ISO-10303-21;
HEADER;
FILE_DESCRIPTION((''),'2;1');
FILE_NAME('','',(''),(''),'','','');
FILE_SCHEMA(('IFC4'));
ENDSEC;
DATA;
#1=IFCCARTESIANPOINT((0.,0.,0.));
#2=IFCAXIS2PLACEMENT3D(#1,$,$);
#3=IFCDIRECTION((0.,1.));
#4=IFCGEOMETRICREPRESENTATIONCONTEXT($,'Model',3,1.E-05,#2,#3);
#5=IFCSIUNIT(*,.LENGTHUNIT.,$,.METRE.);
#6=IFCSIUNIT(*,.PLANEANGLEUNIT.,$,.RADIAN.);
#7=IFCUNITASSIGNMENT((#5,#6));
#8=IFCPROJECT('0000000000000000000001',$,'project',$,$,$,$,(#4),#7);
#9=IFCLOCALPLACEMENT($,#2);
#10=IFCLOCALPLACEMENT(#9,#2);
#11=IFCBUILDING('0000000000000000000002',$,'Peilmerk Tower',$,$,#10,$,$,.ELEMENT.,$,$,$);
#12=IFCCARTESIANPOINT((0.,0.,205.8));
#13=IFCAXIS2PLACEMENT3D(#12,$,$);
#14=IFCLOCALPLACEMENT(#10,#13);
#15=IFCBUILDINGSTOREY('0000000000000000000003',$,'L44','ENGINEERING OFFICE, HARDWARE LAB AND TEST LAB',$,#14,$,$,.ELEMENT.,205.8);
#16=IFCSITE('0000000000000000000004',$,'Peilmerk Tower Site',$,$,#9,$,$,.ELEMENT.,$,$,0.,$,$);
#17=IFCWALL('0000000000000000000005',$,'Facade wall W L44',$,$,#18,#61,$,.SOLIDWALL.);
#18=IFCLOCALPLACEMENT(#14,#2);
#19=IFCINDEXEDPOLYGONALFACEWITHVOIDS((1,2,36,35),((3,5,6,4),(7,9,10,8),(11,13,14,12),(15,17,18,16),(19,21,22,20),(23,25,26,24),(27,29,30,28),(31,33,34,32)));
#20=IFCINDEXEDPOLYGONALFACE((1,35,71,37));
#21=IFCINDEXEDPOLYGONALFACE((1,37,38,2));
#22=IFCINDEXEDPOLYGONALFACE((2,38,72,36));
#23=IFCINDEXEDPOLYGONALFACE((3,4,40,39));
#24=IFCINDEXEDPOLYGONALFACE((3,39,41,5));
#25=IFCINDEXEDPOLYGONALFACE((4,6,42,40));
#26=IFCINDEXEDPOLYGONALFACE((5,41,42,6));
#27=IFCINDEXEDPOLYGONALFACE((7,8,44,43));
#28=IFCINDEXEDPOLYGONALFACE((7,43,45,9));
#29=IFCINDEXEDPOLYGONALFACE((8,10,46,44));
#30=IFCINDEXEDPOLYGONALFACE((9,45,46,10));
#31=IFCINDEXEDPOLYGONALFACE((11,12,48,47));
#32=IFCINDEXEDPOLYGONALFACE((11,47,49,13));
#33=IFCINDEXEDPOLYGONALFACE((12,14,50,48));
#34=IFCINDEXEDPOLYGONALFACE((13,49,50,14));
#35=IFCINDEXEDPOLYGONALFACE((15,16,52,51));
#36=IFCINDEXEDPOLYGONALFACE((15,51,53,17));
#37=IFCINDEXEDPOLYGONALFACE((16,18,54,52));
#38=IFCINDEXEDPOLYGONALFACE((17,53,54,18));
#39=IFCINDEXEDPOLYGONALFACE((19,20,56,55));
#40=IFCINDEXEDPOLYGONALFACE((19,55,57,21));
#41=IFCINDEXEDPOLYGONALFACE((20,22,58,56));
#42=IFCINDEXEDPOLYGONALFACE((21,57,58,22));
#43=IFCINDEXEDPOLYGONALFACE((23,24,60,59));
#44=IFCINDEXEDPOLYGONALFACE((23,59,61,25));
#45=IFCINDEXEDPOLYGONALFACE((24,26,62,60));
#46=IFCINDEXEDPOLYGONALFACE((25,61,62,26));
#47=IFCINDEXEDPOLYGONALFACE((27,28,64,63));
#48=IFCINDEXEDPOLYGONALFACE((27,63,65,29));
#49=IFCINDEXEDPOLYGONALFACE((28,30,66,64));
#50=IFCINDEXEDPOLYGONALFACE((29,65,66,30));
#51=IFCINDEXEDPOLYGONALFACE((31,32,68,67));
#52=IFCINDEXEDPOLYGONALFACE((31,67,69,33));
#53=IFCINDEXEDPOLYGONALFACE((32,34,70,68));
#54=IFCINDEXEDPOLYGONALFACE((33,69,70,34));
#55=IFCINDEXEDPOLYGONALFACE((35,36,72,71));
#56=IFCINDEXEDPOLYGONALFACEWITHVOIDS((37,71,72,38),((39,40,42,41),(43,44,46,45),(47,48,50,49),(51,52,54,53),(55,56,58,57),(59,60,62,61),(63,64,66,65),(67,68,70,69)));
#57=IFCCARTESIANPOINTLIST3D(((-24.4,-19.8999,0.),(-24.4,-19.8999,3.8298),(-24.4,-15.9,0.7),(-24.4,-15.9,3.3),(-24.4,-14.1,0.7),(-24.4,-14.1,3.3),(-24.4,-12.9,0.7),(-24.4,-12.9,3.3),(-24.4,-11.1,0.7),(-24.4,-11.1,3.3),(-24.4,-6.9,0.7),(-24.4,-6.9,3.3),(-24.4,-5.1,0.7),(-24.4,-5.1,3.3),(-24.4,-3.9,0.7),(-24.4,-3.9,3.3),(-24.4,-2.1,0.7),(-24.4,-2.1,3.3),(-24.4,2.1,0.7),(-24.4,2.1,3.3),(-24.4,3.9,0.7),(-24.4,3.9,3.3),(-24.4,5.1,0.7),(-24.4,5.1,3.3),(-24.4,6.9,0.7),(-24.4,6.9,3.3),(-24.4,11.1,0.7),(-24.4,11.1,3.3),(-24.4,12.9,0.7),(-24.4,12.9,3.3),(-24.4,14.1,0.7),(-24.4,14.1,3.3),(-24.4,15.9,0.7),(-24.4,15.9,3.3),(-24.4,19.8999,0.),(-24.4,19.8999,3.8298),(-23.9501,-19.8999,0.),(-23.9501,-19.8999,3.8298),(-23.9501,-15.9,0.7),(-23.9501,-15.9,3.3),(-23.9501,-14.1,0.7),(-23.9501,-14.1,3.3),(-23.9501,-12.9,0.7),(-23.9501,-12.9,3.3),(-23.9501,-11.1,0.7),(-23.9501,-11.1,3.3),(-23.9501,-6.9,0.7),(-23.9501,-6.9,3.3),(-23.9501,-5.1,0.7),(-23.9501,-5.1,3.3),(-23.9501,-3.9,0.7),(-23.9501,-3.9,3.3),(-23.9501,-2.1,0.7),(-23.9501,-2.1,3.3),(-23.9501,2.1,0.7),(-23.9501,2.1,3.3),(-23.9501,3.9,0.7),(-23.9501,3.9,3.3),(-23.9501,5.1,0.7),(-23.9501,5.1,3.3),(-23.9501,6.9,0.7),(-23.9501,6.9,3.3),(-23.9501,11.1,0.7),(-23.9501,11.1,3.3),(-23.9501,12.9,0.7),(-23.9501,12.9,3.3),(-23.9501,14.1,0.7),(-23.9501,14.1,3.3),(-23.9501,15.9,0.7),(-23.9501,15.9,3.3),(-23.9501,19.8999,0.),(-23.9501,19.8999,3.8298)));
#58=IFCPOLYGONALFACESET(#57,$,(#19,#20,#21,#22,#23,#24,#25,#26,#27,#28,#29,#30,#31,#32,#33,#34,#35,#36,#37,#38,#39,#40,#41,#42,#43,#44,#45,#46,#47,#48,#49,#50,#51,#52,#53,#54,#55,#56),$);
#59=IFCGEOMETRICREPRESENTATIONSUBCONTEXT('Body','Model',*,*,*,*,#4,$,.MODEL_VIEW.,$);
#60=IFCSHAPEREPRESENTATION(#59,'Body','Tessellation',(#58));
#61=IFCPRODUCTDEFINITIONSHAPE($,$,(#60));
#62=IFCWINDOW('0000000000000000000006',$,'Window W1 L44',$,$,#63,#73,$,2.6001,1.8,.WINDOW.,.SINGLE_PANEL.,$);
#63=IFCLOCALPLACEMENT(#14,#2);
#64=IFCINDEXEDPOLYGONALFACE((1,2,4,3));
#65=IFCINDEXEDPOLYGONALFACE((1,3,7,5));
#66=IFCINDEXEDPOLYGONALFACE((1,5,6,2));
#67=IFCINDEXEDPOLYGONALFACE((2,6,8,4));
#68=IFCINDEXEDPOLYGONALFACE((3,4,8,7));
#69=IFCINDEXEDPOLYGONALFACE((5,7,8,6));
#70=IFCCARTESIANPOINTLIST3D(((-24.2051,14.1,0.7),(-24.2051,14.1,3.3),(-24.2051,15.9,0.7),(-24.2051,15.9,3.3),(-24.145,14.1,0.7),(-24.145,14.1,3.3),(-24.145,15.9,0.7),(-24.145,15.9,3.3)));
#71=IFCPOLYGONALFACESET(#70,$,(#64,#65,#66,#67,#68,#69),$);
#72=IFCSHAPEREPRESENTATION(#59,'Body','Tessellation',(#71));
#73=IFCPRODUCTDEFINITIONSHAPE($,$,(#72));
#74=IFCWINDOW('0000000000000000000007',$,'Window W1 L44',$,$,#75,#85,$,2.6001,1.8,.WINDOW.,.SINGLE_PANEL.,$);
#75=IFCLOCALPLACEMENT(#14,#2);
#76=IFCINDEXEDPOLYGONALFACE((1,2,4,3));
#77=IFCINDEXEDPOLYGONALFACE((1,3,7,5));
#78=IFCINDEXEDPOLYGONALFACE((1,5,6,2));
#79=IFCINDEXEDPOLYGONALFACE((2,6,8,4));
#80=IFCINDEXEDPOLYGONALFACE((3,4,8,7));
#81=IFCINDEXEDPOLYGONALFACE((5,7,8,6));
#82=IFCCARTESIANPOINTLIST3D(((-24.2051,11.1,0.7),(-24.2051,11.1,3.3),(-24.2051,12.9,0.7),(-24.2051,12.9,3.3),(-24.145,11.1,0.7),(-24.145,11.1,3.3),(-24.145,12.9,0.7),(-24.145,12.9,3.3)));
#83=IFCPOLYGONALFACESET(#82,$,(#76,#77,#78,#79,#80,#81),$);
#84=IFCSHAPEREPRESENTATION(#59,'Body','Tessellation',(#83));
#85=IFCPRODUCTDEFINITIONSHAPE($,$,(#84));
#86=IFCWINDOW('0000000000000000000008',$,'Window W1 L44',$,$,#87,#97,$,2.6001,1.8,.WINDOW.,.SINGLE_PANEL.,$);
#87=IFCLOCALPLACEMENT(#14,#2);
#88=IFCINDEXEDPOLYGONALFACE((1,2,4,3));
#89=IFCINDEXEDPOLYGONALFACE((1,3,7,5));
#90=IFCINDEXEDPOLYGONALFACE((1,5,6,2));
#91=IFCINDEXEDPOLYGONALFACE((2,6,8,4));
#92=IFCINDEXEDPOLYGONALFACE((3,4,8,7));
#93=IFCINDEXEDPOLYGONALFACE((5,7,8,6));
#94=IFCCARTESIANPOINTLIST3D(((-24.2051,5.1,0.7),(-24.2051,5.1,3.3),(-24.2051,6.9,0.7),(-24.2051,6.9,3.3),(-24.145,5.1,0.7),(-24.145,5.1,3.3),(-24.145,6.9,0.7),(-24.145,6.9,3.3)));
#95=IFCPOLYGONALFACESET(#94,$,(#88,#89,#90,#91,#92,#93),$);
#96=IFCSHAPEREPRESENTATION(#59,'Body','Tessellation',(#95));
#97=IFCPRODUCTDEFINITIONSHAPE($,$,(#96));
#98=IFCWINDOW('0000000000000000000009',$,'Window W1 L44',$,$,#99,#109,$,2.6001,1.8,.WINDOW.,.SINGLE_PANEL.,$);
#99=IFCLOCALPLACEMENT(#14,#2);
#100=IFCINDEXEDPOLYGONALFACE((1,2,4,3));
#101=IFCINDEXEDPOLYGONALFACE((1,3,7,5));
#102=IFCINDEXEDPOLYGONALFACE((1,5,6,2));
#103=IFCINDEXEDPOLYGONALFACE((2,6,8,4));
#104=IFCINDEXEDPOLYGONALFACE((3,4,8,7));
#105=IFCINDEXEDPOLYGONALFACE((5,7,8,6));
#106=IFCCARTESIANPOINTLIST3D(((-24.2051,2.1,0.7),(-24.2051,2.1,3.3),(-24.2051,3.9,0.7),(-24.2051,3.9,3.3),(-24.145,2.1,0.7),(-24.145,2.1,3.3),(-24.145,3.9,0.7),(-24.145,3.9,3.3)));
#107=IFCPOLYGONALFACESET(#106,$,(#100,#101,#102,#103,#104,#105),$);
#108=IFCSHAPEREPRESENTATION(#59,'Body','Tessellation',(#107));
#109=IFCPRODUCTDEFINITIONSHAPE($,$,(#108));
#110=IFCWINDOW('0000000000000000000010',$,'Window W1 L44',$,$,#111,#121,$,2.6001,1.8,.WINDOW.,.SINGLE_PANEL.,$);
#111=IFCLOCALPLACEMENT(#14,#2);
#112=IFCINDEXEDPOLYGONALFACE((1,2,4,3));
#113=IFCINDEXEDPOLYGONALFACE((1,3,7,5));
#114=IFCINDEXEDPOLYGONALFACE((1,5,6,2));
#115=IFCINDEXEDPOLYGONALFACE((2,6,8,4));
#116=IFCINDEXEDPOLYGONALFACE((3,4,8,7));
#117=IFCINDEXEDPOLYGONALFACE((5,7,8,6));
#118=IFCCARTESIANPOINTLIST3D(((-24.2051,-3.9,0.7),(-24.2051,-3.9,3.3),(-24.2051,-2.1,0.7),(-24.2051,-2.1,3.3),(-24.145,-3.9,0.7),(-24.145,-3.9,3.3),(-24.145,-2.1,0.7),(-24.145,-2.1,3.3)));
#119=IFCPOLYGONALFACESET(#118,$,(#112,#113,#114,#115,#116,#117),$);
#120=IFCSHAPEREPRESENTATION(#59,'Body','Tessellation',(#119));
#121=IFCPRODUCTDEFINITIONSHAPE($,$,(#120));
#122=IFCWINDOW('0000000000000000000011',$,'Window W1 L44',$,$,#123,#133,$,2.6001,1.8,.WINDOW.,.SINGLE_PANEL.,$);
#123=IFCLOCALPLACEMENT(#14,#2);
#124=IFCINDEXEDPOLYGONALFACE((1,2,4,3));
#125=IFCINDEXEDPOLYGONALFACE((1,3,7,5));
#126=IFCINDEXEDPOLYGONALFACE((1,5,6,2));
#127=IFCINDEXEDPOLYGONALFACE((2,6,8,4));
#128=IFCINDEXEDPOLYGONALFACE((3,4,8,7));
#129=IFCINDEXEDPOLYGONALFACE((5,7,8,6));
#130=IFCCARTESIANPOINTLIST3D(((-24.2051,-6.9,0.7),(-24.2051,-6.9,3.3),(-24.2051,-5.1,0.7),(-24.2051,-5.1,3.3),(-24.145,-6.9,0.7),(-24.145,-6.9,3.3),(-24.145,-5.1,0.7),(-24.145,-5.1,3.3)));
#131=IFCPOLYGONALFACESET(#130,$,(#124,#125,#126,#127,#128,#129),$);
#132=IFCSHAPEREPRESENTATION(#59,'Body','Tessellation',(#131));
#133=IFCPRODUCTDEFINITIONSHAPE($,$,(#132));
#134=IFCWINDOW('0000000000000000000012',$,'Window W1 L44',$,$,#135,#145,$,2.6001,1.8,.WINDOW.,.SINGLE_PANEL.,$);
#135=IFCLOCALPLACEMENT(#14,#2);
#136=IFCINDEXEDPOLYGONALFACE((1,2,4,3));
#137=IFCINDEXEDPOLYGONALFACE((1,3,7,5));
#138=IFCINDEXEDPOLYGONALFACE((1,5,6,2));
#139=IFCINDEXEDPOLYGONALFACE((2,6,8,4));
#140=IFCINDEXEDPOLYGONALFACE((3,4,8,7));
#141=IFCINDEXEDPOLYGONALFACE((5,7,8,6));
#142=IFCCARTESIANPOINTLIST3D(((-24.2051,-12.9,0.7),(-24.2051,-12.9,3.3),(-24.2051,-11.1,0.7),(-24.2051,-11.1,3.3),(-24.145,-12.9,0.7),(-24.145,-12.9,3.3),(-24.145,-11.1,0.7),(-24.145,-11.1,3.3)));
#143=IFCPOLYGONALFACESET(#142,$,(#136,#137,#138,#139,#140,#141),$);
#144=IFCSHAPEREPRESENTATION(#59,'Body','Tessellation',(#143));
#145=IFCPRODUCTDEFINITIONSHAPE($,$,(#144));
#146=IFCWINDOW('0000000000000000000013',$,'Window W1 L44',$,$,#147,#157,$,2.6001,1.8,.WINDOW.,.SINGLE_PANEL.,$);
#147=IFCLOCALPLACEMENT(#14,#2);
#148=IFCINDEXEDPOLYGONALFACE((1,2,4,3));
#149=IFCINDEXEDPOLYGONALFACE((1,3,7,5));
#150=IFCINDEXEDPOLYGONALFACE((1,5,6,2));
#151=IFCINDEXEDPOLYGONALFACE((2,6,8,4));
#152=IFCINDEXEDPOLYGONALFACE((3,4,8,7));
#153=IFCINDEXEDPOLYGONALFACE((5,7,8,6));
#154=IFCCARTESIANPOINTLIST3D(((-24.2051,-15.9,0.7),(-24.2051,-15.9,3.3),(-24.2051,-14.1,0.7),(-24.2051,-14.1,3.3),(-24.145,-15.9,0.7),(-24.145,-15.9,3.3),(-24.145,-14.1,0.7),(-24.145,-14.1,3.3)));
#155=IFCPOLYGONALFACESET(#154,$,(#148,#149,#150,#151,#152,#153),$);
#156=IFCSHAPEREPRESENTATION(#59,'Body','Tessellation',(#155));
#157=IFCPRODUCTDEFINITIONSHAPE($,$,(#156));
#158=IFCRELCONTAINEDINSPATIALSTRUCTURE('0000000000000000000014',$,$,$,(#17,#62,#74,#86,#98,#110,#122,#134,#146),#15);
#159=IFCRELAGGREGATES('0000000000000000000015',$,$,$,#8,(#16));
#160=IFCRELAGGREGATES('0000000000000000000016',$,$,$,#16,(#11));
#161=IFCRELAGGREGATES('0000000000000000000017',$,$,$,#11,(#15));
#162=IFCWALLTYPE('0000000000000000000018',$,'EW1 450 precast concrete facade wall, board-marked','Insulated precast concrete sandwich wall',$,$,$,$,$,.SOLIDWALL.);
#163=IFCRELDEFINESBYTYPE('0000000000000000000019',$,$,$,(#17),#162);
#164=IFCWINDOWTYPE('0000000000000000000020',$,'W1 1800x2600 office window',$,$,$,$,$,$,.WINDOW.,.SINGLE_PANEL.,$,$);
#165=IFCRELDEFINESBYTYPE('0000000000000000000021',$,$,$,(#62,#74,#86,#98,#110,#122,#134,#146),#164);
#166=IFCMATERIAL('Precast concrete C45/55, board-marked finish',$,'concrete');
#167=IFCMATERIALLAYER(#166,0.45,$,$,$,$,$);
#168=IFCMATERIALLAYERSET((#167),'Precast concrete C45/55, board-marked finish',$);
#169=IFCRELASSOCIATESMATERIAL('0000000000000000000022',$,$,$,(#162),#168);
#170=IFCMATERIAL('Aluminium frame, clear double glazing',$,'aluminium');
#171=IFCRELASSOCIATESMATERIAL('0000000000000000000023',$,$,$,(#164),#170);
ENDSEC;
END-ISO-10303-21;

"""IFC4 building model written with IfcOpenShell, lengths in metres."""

from ifc_helpers import new_model, si_unit, direction, frame, frame_2d, origin, place, context, subcontext, project, spatial, rectangle, extrude, material, layer, layer_set, type_object, element, fill, save


model = new_model("IFC4")

# Units and contexts
model_context = context("Model", 3, precision=1e-05, world=origin(), true_north=direction((0.0, 1.0)))
body_context = subcontext(model_context, "Body", "Model", "MODEL_VIEW")
ifc_project = project(units=[si_unit("LENGTHUNIT", "METRE"), si_unit("PLANEANGLEUNIT", "RADIAN")], contexts=[model_context])

# Site, building, storey
site_placement = place(None, origin())
site = spatial("IfcSite", under=ifc_project, at=site_placement, Name="Peilmerk Tower Site", CompositionType="ELEMENT", RefElevation=0.0)
building_placement = place(site_placement, origin())
building = spatial("IfcBuilding", under=site, at=building_placement, Name="Peilmerk Tower", CompositionType="ELEMENT")
storey_placement = place(building_placement, frame((0.0, 0.0, 205.8)))
storey = spatial("IfcBuildingStorey", under=building, at=storey_placement, Name="L44", Description="ENGINEERING OFFICE, HARDWARE LAB AND TEST LAB", CompositionType="ELEMENT", Elevation=205.8)

# Wall, openings, windows
ifc_material_1 = material(Name="Precast concrete C45/55, board-marked finish", Category="concrete")
ifc_layer_1 = layer(ifc_material_1, 0.45)
ifc_layer_set_1 = layer_set([ifc_layer_1], Name="Precast concrete C45/55, board-marked finish")
wall_type = type_object("IfcWallType", Name="EW1 450 precast concrete facade wall, board-marked", Description="Insulated precast concrete sandwich wall", PredefinedType="SOLIDWALL", material=ifc_layer_set_1)
wall_1_placement = place(storey_placement, frame((-24.175, 19.8999, 0.0), z_axis=(0.0, 0.0, 1.0), x_axis=(0.0, -1.0, 0.0)))
wall_1 = element("IfcWall", 1, at=wall_1_placement, inside=storey, type_object=wall_type, Name="Facade wall W L44", PredefinedType="SOLIDWALL", context=body_context, shape_type="SweptSolid", body=[
    extrude(rectangle(XDim=39.7998, YDim=0.45, at=frame_2d((19.8999, 0.0))), origin(), (0.0, 0.0, 1.0), 3.8298),
])
opening_1_placement = place(wall_1_placement, frame((4.0, 0.0, 0.7)))
opening_1 = element("IfcOpeningElement", 2, at=opening_1_placement, cuts=wall_1, PredefinedType="OPENING", context=body_context, shape_type="SweptSolid", body=[
    extrude(rectangle(XDim=1.8, YDim=2.6001, at=frame_2d((0.8999, 1.3))), frame((0.0, 0.2349, 0.0), z_axis=(0.0, -1.0, 0.0), x_axis=(1.0, 0.0, 0.0)), (0.0, 0.0, 1.0), 0.47),
])
opening_2_placement = place(wall_1_placement, frame((7.0, 0.0, 0.7)))
opening_2 = element("IfcOpeningElement", 3, at=opening_2_placement, cuts=wall_1, PredefinedType="OPENING", context=body_context, shape_type="SweptSolid", body=[
    extrude(rectangle(XDim=1.8, YDim=2.6001, at=frame_2d((0.8999, 1.3))), frame((0.0, 0.2349, 0.0), z_axis=(0.0, -1.0, 0.0), x_axis=(1.0, 0.0, 0.0)), (0.0, 0.0, 1.0), 0.47),
])
opening_3_placement = place(wall_1_placement, frame((13.0, 0.0, 0.7)))
opening_3 = element("IfcOpeningElement", 4, at=opening_3_placement, cuts=wall_1, PredefinedType="OPENING", context=body_context, shape_type="SweptSolid", body=[
    extrude(rectangle(XDim=1.8, YDim=2.6001, at=frame_2d((0.8999, 1.3))), frame((0.0, 0.2349, 0.0), z_axis=(0.0, -1.0, 0.0), x_axis=(1.0, 0.0, 0.0)), (0.0, 0.0, 1.0), 0.47),
])
opening_4_placement = place(wall_1_placement, frame((16.0, 0.0, 0.7)))
opening_4 = element("IfcOpeningElement", 5, at=opening_4_placement, cuts=wall_1, PredefinedType="OPENING", context=body_context, shape_type="SweptSolid", body=[
    extrude(rectangle(XDim=1.8, YDim=2.6001, at=frame_2d((0.8999, 1.3))), frame((0.0, 0.2349, 0.0), z_axis=(0.0, -1.0, 0.0), x_axis=(1.0, 0.0, 0.0)), (0.0, 0.0, 1.0), 0.47),
])
opening_5_placement = place(wall_1_placement, frame((22.0, 0.0, 0.7)))
opening_5 = element("IfcOpeningElement", 6, at=opening_5_placement, cuts=wall_1, PredefinedType="OPENING", context=body_context, shape_type="SweptSolid", body=[
    extrude(rectangle(XDim=1.8, YDim=2.6001, at=frame_2d((0.8999, 1.3))), frame((0.0, 0.2349, 0.0), z_axis=(0.0, -1.0, 0.0), x_axis=(1.0, 0.0, 0.0)), (0.0, 0.0, 1.0), 0.47),
])
opening_6_placement = place(wall_1_placement, frame((25.0, 0.0, 0.7)))
opening_6 = element("IfcOpeningElement", 7, at=opening_6_placement, cuts=wall_1, PredefinedType="OPENING", context=body_context, shape_type="SweptSolid", body=[
    extrude(rectangle(XDim=1.8, YDim=2.6001, at=frame_2d((0.8999, 1.3))), frame((0.0, 0.2349, 0.0), z_axis=(0.0, -1.0, 0.0), x_axis=(1.0, 0.0, 0.0)), (0.0, 0.0, 1.0), 0.47),
])
opening_7_placement = place(wall_1_placement, frame((31.0, 0.0, 0.7)))
opening_7 = element("IfcOpeningElement", 8, at=opening_7_placement, cuts=wall_1, PredefinedType="OPENING", context=body_context, shape_type="SweptSolid", body=[
    extrude(rectangle(XDim=1.8, YDim=2.6001, at=frame_2d((0.8999, 1.3))), frame((0.0, 0.2349, 0.0), z_axis=(0.0, -1.0, 0.0), x_axis=(1.0, 0.0, 0.0)), (0.0, 0.0, 1.0), 0.47),
])
opening_8_placement = place(wall_1_placement, frame((34.0, 0.0, 0.7)))
opening_8 = element("IfcOpeningElement", 9, at=opening_8_placement, cuts=wall_1, PredefinedType="OPENING", context=body_context, shape_type="SweptSolid", body=[
    extrude(rectangle(XDim=1.8, YDim=2.6001, at=frame_2d((0.8999, 1.3))), frame((0.0, 0.2349, 0.0), z_axis=(0.0, -1.0, 0.0), x_axis=(1.0, 0.0, 0.0)), (0.0, 0.0, 1.0), 0.47),
])
ifc_material_2 = material(Name="Aluminium frame, clear double glazing", Category="aluminium")
window_type = type_object("IfcWindowType", Name="W1 1800x2600 office window", PartitioningType="SINGLE_PANEL", PredefinedType="WINDOW", material=ifc_material_2)
window_1_placement = place(opening_1_placement, origin())
window_1 = element("IfcWindow", 10, at=window_1_placement, inside=storey, type_object=window_type, Name="Window W1 L44", OverallHeight=2.6001, OverallWidth=1.8, PartitioningType="SINGLE_PANEL", PredefinedType="WINDOW", context=body_context, shape_type="SweptSolid", body=[
    extrude(rectangle(XDim=1.8, YDim=2.6001, at=frame_2d((0.8999, 1.3))), frame((0.0, 0.03, 0.0), z_axis=(0.0, -1.0, 0.0), x_axis=(1.0, 0.0, 0.0)), (0.0, 0.0, 1.0), 0.0601),
])
fill(opening_1, window_1)
window_2_placement = place(opening_2_placement, origin())
window_2 = element("IfcWindow", 11, at=window_2_placement, inside=storey, type_object=window_type, Name="Window W1 L44", OverallHeight=2.6001, OverallWidth=1.8, PartitioningType="SINGLE_PANEL", PredefinedType="WINDOW", context=body_context, shape_type="SweptSolid", body=[
    extrude(rectangle(XDim=1.8, YDim=2.6001, at=frame_2d((0.8999, 1.3))), frame((0.0, 0.03, 0.0), z_axis=(0.0, -1.0, 0.0), x_axis=(1.0, 0.0, 0.0)), (0.0, 0.0, 1.0), 0.0601),
])
fill(opening_2, window_2)
window_3_placement = place(opening_3_placement, origin())
window_3 = element("IfcWindow", 12, at=window_3_placement, inside=storey, type_object=window_type, Name="Window W1 L44", OverallHeight=2.6001, OverallWidth=1.8, PartitioningType="SINGLE_PANEL", PredefinedType="WINDOW", context=body_context, shape_type="SweptSolid", body=[
    extrude(rectangle(XDim=1.8, YDim=2.6001, at=frame_2d((0.8999, 1.3))), frame((0.0, 0.03, 0.0), z_axis=(0.0, -1.0, 0.0), x_axis=(1.0, 0.0, 0.0)), (0.0, 0.0, 1.0), 0.0601),
])
fill(opening_3, window_3)
window_4_placement = place(opening_4_placement, origin())
window_4 = element("IfcWindow", 13, at=window_4_placement, inside=storey, type_object=window_type, Name="Window W1 L44", OverallHeight=2.6001, OverallWidth=1.8, PartitioningType="SINGLE_PANEL", PredefinedType="WINDOW", context=body_context, shape_type="SweptSolid", body=[
    extrude(rectangle(XDim=1.8, YDim=2.6001, at=frame_2d((0.8999, 1.3))), frame((0.0, 0.03, 0.0), z_axis=(0.0, -1.0, 0.0), x_axis=(1.0, 0.0, 0.0)), (0.0, 0.0, 1.0), 0.0601),
])
fill(opening_4, window_4)
window_5_placement = place(opening_5_placement, origin())
window_5 = element("IfcWindow", 14, at=window_5_placement, inside=storey, type_object=window_type, Name="Window W1 L44", OverallHeight=2.6001, OverallWidth=1.8, PartitioningType="SINGLE_PANEL", PredefinedType="WINDOW", context=body_context, shape_type="SweptSolid", body=[
    extrude(rectangle(XDim=1.8, YDim=2.6001, at=frame_2d((0.8999, 1.3))), frame((0.0, 0.03, 0.0), z_axis=(0.0, -1.0, 0.0), x_axis=(1.0, 0.0, 0.0)), (0.0, 0.0, 1.0), 0.0601),
])
fill(opening_5, window_5)
window_6_placement = place(opening_6_placement, origin())
window_6 = element("IfcWindow", 15, at=window_6_placement, inside=storey, type_object=window_type, Name="Window W1 L44", OverallHeight=2.6001, OverallWidth=1.8, PartitioningType="SINGLE_PANEL", PredefinedType="WINDOW", context=body_context, shape_type="SweptSolid", body=[
    extrude(rectangle(XDim=1.8, YDim=2.6001, at=frame_2d((0.8999, 1.3))), frame((0.0, 0.03, 0.0), z_axis=(0.0, -1.0, 0.0), x_axis=(1.0, 0.0, 0.0)), (0.0, 0.0, 1.0), 0.0601),
])
fill(opening_6, window_6)
window_7_placement = place(opening_7_placement, origin())
window_7 = element("IfcWindow", 16, at=window_7_placement, inside=storey, type_object=window_type, Name="Window W1 L44", OverallHeight=2.6001, OverallWidth=1.8, PartitioningType="SINGLE_PANEL", PredefinedType="WINDOW", context=body_context, shape_type="SweptSolid", body=[
    extrude(rectangle(XDim=1.8, YDim=2.6001, at=frame_2d((0.8999, 1.3))), frame((0.0, 0.03, 0.0), z_axis=(0.0, -1.0, 0.0), x_axis=(1.0, 0.0, 0.0)), (0.0, 0.0, 1.0), 0.0601),
])
fill(opening_7, window_7)
window_8_placement = place(opening_8_placement, origin())
window_8 = element("IfcWindow", 17, at=window_8_placement, inside=storey, type_object=window_type, Name="Window W1 L44", OverallHeight=2.6001, OverallWidth=1.8, PartitioningType="SINGLE_PANEL", PredefinedType="WINDOW", context=body_context, shape_type="SweptSolid", body=[
    extrude(rectangle(XDim=1.8, YDim=2.6001, at=frame_2d((0.8999, 1.3))), frame((0.0, 0.03, 0.0), z_axis=(0.0, -1.0, 0.0), x_axis=(1.0, 0.0, 0.0)), (0.0, 0.0, 1.0), 0.0601),
])
fill(opening_8, window_8)

save(model, "model.ifc")
